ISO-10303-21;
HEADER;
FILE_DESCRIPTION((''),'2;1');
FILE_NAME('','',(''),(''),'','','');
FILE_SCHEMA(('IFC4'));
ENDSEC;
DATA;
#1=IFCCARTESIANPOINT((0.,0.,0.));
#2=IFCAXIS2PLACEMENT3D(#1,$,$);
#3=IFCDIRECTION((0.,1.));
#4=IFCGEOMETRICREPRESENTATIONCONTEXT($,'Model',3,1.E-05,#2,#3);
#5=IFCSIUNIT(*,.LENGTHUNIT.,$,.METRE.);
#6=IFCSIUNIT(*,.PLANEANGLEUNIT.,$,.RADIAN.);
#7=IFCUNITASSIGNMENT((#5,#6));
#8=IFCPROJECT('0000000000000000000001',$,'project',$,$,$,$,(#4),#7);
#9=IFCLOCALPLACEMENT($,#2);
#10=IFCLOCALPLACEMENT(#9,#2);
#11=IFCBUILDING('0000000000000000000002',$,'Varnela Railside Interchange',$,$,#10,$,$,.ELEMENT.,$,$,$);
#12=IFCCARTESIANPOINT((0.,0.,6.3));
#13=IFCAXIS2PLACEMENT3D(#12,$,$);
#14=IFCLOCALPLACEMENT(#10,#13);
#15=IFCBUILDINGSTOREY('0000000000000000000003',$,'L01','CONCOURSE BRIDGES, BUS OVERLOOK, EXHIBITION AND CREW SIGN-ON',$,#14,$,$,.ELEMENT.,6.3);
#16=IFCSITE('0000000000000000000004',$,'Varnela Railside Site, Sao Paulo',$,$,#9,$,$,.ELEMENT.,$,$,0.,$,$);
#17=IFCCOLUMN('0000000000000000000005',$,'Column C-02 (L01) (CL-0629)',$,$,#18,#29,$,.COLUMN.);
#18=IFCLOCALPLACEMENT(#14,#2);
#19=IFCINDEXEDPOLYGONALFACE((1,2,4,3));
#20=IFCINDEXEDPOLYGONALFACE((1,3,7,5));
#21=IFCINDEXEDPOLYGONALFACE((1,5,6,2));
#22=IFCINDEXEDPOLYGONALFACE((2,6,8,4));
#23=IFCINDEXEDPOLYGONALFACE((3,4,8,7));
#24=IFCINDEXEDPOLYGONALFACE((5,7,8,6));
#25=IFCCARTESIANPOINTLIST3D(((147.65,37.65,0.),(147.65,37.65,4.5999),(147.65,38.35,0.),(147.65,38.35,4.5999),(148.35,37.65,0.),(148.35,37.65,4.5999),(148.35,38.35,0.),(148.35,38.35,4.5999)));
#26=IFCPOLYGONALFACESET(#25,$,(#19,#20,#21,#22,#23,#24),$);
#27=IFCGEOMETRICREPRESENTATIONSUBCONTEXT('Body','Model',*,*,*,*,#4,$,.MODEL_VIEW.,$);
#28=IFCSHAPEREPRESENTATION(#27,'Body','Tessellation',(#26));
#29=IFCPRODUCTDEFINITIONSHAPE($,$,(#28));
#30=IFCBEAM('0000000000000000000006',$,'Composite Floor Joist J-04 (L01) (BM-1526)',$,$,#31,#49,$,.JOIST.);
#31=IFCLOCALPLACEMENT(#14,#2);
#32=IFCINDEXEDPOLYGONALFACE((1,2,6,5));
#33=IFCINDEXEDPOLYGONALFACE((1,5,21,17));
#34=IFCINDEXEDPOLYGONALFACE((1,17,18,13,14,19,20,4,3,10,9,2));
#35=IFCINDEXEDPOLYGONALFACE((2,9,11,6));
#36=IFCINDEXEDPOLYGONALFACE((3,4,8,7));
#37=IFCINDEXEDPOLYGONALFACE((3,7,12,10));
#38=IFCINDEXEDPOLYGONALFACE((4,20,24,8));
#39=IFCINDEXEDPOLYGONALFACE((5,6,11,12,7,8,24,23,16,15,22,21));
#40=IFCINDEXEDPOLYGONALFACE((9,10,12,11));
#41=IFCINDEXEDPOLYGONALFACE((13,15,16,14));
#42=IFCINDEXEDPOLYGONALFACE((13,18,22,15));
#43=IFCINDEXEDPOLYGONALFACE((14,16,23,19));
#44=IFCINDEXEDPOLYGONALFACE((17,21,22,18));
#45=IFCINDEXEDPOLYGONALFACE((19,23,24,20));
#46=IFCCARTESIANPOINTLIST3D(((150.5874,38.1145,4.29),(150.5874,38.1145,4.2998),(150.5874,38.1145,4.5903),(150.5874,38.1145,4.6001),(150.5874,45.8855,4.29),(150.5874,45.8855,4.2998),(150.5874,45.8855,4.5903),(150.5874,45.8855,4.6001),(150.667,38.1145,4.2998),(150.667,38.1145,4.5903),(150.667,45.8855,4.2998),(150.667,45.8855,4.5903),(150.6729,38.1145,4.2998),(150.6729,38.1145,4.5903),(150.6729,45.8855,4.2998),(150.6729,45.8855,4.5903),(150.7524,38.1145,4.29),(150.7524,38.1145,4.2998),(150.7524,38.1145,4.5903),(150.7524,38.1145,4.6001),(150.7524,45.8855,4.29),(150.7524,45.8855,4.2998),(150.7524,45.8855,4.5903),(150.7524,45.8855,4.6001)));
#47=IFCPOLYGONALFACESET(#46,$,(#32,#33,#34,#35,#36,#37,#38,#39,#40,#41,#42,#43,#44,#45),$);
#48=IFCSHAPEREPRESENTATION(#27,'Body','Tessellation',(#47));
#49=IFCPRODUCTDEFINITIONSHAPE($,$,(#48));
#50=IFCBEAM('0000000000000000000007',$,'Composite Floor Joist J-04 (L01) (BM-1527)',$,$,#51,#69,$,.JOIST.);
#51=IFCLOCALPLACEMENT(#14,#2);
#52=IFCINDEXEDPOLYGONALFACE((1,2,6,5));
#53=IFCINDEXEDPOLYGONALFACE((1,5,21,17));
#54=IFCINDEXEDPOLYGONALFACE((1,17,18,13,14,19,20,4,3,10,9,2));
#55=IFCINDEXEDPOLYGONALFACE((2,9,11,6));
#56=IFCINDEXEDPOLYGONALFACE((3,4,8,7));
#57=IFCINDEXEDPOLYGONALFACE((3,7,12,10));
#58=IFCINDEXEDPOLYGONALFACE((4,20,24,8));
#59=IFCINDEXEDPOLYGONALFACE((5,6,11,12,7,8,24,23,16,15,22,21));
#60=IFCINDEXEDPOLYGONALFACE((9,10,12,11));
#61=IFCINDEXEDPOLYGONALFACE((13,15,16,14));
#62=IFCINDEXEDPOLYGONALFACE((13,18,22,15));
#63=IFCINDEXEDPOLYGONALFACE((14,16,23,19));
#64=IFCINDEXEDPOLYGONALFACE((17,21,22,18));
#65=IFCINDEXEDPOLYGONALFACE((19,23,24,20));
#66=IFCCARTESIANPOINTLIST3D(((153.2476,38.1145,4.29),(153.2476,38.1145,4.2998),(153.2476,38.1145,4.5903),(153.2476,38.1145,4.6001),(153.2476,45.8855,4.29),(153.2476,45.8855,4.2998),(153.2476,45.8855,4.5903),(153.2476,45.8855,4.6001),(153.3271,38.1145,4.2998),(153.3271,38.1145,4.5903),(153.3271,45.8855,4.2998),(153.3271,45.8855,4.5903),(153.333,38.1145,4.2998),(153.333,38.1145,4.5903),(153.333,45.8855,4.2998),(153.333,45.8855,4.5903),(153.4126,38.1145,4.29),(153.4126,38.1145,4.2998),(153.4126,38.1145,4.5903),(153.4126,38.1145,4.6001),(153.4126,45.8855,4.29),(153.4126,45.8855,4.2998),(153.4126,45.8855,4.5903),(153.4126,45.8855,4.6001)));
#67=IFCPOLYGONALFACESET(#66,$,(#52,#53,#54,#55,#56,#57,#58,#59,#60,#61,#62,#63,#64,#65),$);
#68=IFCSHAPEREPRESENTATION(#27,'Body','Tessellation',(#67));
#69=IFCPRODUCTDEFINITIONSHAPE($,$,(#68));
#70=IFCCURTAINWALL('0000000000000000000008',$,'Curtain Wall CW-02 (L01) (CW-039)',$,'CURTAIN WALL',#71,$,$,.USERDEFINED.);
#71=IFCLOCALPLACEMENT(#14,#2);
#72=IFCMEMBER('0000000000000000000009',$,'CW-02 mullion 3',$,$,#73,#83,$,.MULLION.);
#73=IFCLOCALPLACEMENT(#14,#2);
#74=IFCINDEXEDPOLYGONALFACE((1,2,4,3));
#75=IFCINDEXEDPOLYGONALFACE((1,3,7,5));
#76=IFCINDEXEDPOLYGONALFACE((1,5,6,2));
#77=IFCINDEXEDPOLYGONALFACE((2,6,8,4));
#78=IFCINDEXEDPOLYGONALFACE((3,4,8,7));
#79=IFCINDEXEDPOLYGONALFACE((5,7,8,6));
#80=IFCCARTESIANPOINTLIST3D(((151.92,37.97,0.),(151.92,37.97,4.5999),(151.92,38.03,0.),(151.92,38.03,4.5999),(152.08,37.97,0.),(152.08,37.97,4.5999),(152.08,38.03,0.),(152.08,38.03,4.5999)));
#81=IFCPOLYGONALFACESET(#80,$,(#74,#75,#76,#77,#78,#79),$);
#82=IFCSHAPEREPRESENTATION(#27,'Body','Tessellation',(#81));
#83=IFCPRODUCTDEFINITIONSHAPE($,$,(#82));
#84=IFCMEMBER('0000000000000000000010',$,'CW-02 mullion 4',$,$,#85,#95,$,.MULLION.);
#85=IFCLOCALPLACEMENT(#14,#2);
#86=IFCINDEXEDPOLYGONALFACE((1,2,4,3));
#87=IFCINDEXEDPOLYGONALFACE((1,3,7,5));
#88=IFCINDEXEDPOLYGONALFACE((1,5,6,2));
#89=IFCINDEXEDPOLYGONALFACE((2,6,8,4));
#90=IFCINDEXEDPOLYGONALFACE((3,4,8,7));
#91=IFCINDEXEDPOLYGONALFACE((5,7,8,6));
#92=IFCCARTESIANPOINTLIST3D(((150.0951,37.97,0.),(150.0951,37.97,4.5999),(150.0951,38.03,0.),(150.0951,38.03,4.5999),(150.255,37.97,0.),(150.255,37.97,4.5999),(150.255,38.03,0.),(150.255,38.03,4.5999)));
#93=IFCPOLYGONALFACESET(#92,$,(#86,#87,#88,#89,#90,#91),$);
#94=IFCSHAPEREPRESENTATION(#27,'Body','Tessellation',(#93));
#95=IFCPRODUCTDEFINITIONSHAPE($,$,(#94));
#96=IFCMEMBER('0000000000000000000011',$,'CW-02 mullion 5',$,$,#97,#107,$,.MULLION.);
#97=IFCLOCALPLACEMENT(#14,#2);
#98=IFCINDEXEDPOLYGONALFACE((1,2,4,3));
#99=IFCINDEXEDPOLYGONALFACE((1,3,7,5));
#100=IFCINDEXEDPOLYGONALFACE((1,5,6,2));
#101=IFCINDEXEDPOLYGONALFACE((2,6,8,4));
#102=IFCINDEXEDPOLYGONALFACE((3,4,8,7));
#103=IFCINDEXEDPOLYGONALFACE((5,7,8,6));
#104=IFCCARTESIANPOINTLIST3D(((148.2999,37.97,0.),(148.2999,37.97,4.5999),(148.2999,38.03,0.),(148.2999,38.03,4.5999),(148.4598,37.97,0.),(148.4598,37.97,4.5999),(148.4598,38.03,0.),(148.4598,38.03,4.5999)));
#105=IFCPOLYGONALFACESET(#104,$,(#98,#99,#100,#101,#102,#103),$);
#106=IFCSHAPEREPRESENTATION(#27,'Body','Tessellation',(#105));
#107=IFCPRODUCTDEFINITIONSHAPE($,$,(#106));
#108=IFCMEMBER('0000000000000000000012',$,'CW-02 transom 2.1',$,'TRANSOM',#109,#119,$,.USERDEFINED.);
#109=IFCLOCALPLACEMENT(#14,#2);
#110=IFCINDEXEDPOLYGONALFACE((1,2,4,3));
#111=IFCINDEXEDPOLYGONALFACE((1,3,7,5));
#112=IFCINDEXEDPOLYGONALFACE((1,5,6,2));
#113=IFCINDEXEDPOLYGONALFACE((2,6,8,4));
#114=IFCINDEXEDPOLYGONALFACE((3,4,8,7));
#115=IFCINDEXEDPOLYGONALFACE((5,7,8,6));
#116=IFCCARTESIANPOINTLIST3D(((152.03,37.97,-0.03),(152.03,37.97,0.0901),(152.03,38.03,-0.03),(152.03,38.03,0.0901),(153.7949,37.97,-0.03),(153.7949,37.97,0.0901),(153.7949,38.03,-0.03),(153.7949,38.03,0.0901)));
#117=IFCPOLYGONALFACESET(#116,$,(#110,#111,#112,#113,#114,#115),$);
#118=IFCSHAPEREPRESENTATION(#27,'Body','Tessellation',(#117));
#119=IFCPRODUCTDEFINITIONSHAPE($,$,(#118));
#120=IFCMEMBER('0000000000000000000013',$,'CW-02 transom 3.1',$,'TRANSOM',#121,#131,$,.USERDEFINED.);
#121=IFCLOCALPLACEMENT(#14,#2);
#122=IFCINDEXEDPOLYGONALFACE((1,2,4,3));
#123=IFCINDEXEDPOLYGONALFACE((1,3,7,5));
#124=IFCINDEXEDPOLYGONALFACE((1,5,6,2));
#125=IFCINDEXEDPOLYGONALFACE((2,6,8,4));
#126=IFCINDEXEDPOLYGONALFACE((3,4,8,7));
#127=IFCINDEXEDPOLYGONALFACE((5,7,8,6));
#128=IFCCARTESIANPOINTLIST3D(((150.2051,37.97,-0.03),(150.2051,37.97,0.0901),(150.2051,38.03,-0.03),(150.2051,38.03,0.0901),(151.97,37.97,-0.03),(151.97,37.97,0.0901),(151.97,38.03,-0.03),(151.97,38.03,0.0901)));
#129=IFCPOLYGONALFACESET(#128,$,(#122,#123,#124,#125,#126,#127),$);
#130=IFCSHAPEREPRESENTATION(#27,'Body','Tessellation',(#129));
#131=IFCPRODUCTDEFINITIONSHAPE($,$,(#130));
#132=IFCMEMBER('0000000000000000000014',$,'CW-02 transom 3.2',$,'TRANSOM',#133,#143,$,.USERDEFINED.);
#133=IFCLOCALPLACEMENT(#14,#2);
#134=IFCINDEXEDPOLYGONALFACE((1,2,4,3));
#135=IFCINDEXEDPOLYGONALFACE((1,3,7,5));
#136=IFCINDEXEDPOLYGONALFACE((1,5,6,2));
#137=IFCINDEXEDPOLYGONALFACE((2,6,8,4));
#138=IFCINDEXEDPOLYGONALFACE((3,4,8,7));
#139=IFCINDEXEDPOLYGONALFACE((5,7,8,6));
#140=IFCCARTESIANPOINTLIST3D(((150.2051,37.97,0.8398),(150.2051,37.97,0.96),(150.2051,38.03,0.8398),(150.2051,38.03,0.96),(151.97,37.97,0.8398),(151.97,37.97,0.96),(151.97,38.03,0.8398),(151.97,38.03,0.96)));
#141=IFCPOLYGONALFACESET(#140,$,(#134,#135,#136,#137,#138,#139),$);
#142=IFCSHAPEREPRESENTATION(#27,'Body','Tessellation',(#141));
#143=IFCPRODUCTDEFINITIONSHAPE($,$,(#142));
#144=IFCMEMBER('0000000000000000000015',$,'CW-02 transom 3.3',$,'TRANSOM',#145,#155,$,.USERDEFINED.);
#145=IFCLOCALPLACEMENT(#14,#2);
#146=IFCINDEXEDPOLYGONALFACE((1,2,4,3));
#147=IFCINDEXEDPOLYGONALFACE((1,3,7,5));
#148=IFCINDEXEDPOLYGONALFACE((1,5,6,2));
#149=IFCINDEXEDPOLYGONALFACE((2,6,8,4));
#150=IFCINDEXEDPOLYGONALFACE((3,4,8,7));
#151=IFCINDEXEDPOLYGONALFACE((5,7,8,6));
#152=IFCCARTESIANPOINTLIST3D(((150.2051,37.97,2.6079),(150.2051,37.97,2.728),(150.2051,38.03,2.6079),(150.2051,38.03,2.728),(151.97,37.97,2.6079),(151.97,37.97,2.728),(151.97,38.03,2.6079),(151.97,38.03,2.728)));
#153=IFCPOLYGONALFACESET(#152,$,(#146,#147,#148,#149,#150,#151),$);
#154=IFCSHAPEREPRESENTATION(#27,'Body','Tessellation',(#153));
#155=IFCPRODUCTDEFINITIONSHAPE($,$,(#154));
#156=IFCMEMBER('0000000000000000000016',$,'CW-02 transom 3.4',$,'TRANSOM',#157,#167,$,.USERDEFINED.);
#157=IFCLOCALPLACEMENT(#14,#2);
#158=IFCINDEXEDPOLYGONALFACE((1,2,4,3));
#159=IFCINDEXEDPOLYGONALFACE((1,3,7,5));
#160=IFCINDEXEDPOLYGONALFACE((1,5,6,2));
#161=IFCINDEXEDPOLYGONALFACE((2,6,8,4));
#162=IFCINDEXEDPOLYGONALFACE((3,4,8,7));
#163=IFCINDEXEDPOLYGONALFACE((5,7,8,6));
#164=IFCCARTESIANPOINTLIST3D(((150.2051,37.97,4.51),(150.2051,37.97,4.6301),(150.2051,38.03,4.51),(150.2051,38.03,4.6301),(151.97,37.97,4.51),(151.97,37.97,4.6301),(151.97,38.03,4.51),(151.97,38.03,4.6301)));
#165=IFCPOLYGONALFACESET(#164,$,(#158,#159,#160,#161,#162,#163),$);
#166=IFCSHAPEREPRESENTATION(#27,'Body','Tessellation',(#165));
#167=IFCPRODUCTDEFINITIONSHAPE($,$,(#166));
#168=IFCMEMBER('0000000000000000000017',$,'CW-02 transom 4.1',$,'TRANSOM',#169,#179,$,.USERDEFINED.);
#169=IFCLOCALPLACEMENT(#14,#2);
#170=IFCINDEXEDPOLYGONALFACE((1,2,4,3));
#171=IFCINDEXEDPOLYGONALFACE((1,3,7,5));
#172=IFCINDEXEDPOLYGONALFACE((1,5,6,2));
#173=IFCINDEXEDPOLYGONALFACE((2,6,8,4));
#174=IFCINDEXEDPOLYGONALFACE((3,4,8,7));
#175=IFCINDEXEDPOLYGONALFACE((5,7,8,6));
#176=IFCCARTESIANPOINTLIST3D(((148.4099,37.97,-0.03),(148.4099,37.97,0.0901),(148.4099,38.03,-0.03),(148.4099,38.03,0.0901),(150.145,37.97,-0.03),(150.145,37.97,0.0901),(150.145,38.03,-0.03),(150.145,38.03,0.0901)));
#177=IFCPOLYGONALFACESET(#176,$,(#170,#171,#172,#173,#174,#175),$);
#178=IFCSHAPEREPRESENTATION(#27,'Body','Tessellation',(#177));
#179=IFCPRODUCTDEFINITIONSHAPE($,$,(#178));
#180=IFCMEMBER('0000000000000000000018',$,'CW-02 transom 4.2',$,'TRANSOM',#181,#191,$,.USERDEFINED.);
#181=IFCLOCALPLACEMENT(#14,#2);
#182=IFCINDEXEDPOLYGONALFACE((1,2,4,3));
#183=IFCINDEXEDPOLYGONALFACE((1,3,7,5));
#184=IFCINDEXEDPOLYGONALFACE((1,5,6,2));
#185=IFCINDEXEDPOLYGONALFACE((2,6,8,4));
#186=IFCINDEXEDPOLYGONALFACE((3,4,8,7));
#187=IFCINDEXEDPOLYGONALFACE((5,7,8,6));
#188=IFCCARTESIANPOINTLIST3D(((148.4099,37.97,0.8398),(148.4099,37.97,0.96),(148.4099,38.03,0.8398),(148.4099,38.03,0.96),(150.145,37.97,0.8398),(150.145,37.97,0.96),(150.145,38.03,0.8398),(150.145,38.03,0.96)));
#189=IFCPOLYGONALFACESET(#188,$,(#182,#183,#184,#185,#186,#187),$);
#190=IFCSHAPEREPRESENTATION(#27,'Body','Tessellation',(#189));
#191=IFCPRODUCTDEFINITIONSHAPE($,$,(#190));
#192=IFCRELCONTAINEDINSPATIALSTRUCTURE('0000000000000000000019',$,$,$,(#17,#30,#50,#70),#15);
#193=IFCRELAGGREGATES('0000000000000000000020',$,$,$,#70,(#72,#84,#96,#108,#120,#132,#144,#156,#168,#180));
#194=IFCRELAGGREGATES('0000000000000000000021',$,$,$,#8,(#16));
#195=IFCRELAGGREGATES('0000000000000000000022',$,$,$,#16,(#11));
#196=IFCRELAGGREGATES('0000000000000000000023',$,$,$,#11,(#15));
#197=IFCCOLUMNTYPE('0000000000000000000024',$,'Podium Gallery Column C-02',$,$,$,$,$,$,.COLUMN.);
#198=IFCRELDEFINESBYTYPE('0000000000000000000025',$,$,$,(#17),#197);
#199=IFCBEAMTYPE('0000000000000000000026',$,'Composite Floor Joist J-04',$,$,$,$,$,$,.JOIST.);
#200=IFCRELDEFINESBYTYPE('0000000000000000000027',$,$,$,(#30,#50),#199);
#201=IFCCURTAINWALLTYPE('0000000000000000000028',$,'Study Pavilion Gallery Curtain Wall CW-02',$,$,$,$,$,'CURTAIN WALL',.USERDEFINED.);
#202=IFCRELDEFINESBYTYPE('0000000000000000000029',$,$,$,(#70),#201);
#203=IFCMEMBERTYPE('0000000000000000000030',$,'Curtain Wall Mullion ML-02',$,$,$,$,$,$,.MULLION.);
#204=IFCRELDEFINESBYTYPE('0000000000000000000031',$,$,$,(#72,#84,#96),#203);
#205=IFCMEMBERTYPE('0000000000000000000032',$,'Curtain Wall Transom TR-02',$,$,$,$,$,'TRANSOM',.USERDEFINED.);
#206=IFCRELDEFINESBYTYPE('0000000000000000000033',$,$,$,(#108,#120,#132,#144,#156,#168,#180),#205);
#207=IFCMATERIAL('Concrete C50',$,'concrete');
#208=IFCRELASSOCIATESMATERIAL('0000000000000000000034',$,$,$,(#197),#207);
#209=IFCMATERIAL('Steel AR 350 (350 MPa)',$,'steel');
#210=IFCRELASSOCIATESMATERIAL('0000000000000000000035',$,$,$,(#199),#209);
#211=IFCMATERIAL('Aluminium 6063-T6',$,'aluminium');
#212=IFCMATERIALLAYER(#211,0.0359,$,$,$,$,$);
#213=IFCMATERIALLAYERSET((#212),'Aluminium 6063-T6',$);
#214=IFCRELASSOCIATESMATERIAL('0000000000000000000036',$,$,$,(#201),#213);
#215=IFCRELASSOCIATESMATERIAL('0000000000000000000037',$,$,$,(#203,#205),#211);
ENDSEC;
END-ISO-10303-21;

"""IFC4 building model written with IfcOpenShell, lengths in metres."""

from ifc_helpers import new_model, si_unit, direction, frame, origin, origin_2d, place, context, subcontext, project, spatial, rectangle, i_section, extrude, material, layer, layer_set, material_profile, profile_set, type_object, element, aggregate, save


model = new_model("IFC4")

# Units and contexts
model_context = context("Model", 3, precision=1e-05, world=origin(), true_north=direction((0.0, 1.0)))
body_context = subcontext(model_context, "Body", "Model", "MODEL_VIEW")
ifc_project = project(units=[si_unit("LENGTHUNIT", "METRE"), si_unit("PLANEANGLEUNIT", "RADIAN")], contexts=[model_context])

# Site, building, storey
site_placement = place(None, origin())
site = spatial("IfcSite", under=ifc_project, at=site_placement, Name="Varnela Railside Site, Sao Paulo", CompositionType="ELEMENT", RefElevation=0.0)
building_placement = place(site_placement, origin())
building = spatial("IfcBuilding", under=site, at=building_placement, Name="Varnela Railside Interchange", CompositionType="ELEMENT")
storey_placement = place(building_placement, frame((0.0, 0.0, 6.3)))
storey = spatial("IfcBuildingStorey", under=building, at=storey_placement, Name="L01", Description="CONCOURSE BRIDGES, BUS OVERLOOK, EXHIBITION AND CREW SIGN-ON", CompositionType="ELEMENT", Elevation=6.3)

# Column
ifc_material_1 = material(Name="Concrete C50", Category="concrete")
ifc_material_profile_1 = material_profile(ifc_material_1, rectangle(XDim=0.7, YDim=0.7, at=origin_2d()), Name="RC 700x700")
ifc_profile_set_1 = profile_set([ifc_material_profile_1], Name="Concrete C50")
column_type = type_object("IfcColumnType", Name="Podium Gallery Column C-02", PredefinedType="COLUMN", material=ifc_profile_set_1)
column_placement = place(storey_placement, frame((148.0, 38.0, 0.0), z_axis=(0.0, 0.0, 1.0), x_axis=(1.0, 0.0, 0.0)))
element("IfcColumn", 1, at=column_placement, inside=storey, type_object=column_type, Name="Column C-02 (L01) (CL-0629)", PredefinedType="COLUMN", context=body_context, shape_type="SweptSolid", body=[
    extrude(rectangle(XDim=0.7, YDim=0.7, at=origin_2d()), origin(), (0.0, 0.0, 1.0), 4.5999),
])

# Beams
ifc_material_2 = material(Name="Steel AR 350 (350 MPa)", Category="steel")
ifc_material_profile_2 = material_profile(ifc_material_2, i_section(OverallWidth=0.165, OverallDepth=0.3101, WebThickness=0.0059, FlangeThickness=0.0098, at=origin_2d()), Name="W310x38.7")
ifc_profile_set_2 = profile_set([ifc_material_profile_2], Name="Steel AR 350 (350 MPa)")
beam_type_1 = type_object("IfcBeamType", Name="Composite Floor Joist J-04", PredefinedType="JOIST", material=ifc_profile_set_2)
for number, where, z_axis, x_axis, name in (
    (2, (150.6699, 38.1145, 4.4451), (0.0, 1.0, 0.0), (-1.0, 0.0, 0.0), "Composite Floor Joist J-04 (L01) (BM-1526)"),
    (3, (153.3301, 38.1145, 4.4451), (0.0, 1.0, 0.0), (-1.0, 0.0, 0.0), "Composite Floor Joist J-04 (L01) (BM-1527)"),
):
    element("IfcBeam", number, at=place(storey_placement, frame(where, z_axis=z_axis, x_axis=x_axis)), inside=storey, type_object=beam_type_1, Name=name, PredefinedType="JOIST", context=body_context, shape_type="SweptSolid", body=[
        extrude(i_section(OverallWidth=0.165, OverallDepth=0.3101, WebThickness=0.0059, FlangeThickness=0.0098, at=origin_2d()), origin(), (0.0, 0.0, 1.0), 7.771),
    ])

# Curtain wall, members
ifc_material_3 = material(Name="Aluminium 6063-T6", Category="aluminium")
ifc_layer_1 = layer(ifc_material_3, 0.0359)
ifc_layer_set_1 = layer_set([ifc_layer_1], Name="Aluminium 6063-T6")
curtain_wall_type = type_object("IfcCurtainWallType", Name="Study Pavilion Gallery Curtain Wall CW-02", ElementType="CURTAIN WALL", PredefinedType="USERDEFINED", material=ifc_layer_set_1)
curtain_wall_placement = place(storey_placement, origin())
curtain_wall = element("IfcCurtainWall", 4, at=curtain_wall_placement, inside=storey, type_object=curtain_wall_type, Name="Curtain Wall CW-02 (L01) (CW-039)", ObjectType="CURTAIN WALL", PredefinedType="USERDEFINED")
ifc_material_profile_3 = material_profile(ifc_material_3, rectangle(XDim=0.0601, YDim=0.1599, at=origin_2d()), Name="ALU 60x160")
ifc_profile_set_3 = profile_set([ifc_material_profile_3], Name="Aluminium 6063-T6")
member_type_1 = type_object("IfcMemberType", Name="Curtain Wall Mullion ML-02", PredefinedType="MULLION", material=ifc_profile_set_3)
member_1_placement = place(storey_placement, frame((152.0, 38.0, 0.0), z_axis=(0.0, 0.0, 1.0), x_axis=(0.0, -1.0, 0.0)))
member_1 = element("IfcMember", 5, at=member_1_placement, type_object=member_type_1, Name="CW-02 mullion 3", PredefinedType="MULLION", context=body_context, shape_type="SweptSolid", body=[
    extrude(rectangle(XDim=0.0601, YDim=0.1599, at=origin_2d()), origin(), (0.0, 0.0, 1.0), 4.5999),
])
member_2_placement = place(storey_placement, frame((150.175, 38.0, 0.0), z_axis=(0.0, 0.0, 1.0), x_axis=(0.0, -1.0, 0.0)))
member_2 = element("IfcMember", 6, at=member_2_placement, type_object=member_type_1, Name="CW-02 mullion 4", PredefinedType="MULLION", context=body_context, shape_type="SweptSolid", body=[
    extrude(rectangle(XDim=0.0601, YDim=0.1599, at=origin_2d()), origin(), (0.0, 0.0, 1.0), 4.5999),
])
member_3_placement = place(storey_placement, frame((148.3799, 38.0, 0.0), z_axis=(0.0, 0.0, 1.0), x_axis=(0.0, -1.0, 0.0)))
member_3 = element("IfcMember", 7, at=member_3_placement, type_object=member_type_1, Name="CW-02 mullion 5", PredefinedType="MULLION", context=body_context, shape_type="SweptSolid", body=[
    extrude(rectangle(XDim=0.0601, YDim=0.1599, at=origin_2d()), origin(), (0.0, 0.0, 1.0), 4.5999),
])
ifc_material_profile_4 = material_profile(ifc_material_3, rectangle(XDim=0.0601, YDim=0.1201, at=origin_2d()), Name="ALU 60x120")
ifc_profile_set_4 = profile_set([ifc_material_profile_4], Name="Aluminium 6063-T6")
member_type_2 = type_object("IfcMemberType", Name="Curtain Wall Transom TR-02", ElementType="TRANSOM", PredefinedType="USERDEFINED", material=ifc_profile_set_4)
member_4_placement = place(storey_placement, frame((153.7949, 38.0, 0.03), z_axis=(-1.0, 0.0, 0.0), x_axis=(0.0, -1.0, 0.0)))
member_4 = element("IfcMember", 8, at=member_4_placement, type_object=member_type_2, Name="CW-02 transom 2.1", ObjectType="TRANSOM", PredefinedType="USERDEFINED", context=body_context, shape_type="SweptSolid", body=[
    extrude(rectangle(XDim=0.0601, YDim=0.1201, at=origin_2d()), origin(), (0.0, 0.0, 1.0), 1.7649),
])
member_5_placement = place(storey_placement, frame((151.97, 38.0, 0.03), z_axis=(-1.0, 0.0, 0.0), x_axis=(0.0, -1.0, 0.0)))
member_5 = element("IfcMember", 9, at=member_5_placement, type_object=member_type_2, Name="CW-02 transom 3.1", ObjectType="TRANSOM", PredefinedType="USERDEFINED", context=body_context, shape_type="SweptSolid", body=[
    extrude(rectangle(XDim=0.0601, YDim=0.1201, at=origin_2d()), origin(), (0.0, 0.0, 1.0), 1.7649),
])
member_6_placement = place(storey_placement, frame((151.97, 38.0, 0.8999), z_axis=(-1.0, 0.0, 0.0), x_axis=(0.0, -1.0, 0.0)))
member_6 = element("IfcMember", 10, at=member_6_placement, type_object=member_type_2, Name="CW-02 transom 3.2", ObjectType="TRANSOM", PredefinedType="USERDEFINED", context=body_context, shape_type="SweptSolid", body=[
    extrude(rectangle(XDim=0.0601, YDim=0.1201, at=origin_2d()), origin(), (0.0, 0.0, 1.0), 1.7649),
])
member_7_placement = place(storey_placement, frame((151.97, 38.0, 2.668), z_axis=(-1.0, 0.0, 0.0), x_axis=(0.0, -1.0, 0.0)))
member_7 = element("IfcMember", 11, at=member_7_placement, type_object=member_type_2, Name="CW-02 transom 3.3", ObjectType="TRANSOM", PredefinedType="USERDEFINED", context=body_context, shape_type="SweptSolid", body=[
    extrude(rectangle(XDim=0.0601, YDim=0.1201, at=origin_2d()), origin(), (0.0, 0.0, 1.0), 1.7649),
])
member_8_placement = place(storey_placement, frame((151.97, 38.0, 4.5701), z_axis=(-1.0, 0.0, 0.0), x_axis=(0.0, -1.0, 0.0)))
member_8 = element("IfcMember", 12, at=member_8_placement, type_object=member_type_2, Name="CW-02 transom 3.4", ObjectType="TRANSOM", PredefinedType="USERDEFINED", context=body_context, shape_type="SweptSolid", body=[
    extrude(rectangle(XDim=0.0601, YDim=0.1201, at=origin_2d()), origin(), (0.0, 0.0, 1.0), 1.7649),
])
member_9_placement = place(storey_placement, frame((150.145, 38.0, 0.03), z_axis=(-1.0, 0.0, 0.0), x_axis=(0.0, -1.0, 0.0)))
member_9 = element("IfcMember", 13, at=member_9_placement, type_object=member_type_2, Name="CW-02 transom 4.1", ObjectType="TRANSOM", PredefinedType="USERDEFINED", context=body_context, shape_type="SweptSolid", body=[
    extrude(rectangle(XDim=0.0601, YDim=0.1201, at=origin_2d()), origin(), (0.0, 0.0, 1.0), 1.7351),
])
member_10_placement = place(storey_placement, frame((150.145, 38.0, 0.8999), z_axis=(-1.0, 0.0, 0.0), x_axis=(0.0, -1.0, 0.0)))
member_10 = element("IfcMember", 14, at=member_10_placement, type_object=member_type_2, Name="CW-02 transom 4.2", ObjectType="TRANSOM", PredefinedType="USERDEFINED", context=body_context, shape_type="SweptSolid", body=[
    extrude(rectangle(XDim=0.0601, YDim=0.1201, at=origin_2d()), origin(), (0.0, 0.0, 1.0), 1.7351),
])

aggregate(curtain_wall, [member_1, member_2, member_3, member_4, member_5, member_6, member_7, member_8, member_9, member_10])

save(model, "model.ifc")
